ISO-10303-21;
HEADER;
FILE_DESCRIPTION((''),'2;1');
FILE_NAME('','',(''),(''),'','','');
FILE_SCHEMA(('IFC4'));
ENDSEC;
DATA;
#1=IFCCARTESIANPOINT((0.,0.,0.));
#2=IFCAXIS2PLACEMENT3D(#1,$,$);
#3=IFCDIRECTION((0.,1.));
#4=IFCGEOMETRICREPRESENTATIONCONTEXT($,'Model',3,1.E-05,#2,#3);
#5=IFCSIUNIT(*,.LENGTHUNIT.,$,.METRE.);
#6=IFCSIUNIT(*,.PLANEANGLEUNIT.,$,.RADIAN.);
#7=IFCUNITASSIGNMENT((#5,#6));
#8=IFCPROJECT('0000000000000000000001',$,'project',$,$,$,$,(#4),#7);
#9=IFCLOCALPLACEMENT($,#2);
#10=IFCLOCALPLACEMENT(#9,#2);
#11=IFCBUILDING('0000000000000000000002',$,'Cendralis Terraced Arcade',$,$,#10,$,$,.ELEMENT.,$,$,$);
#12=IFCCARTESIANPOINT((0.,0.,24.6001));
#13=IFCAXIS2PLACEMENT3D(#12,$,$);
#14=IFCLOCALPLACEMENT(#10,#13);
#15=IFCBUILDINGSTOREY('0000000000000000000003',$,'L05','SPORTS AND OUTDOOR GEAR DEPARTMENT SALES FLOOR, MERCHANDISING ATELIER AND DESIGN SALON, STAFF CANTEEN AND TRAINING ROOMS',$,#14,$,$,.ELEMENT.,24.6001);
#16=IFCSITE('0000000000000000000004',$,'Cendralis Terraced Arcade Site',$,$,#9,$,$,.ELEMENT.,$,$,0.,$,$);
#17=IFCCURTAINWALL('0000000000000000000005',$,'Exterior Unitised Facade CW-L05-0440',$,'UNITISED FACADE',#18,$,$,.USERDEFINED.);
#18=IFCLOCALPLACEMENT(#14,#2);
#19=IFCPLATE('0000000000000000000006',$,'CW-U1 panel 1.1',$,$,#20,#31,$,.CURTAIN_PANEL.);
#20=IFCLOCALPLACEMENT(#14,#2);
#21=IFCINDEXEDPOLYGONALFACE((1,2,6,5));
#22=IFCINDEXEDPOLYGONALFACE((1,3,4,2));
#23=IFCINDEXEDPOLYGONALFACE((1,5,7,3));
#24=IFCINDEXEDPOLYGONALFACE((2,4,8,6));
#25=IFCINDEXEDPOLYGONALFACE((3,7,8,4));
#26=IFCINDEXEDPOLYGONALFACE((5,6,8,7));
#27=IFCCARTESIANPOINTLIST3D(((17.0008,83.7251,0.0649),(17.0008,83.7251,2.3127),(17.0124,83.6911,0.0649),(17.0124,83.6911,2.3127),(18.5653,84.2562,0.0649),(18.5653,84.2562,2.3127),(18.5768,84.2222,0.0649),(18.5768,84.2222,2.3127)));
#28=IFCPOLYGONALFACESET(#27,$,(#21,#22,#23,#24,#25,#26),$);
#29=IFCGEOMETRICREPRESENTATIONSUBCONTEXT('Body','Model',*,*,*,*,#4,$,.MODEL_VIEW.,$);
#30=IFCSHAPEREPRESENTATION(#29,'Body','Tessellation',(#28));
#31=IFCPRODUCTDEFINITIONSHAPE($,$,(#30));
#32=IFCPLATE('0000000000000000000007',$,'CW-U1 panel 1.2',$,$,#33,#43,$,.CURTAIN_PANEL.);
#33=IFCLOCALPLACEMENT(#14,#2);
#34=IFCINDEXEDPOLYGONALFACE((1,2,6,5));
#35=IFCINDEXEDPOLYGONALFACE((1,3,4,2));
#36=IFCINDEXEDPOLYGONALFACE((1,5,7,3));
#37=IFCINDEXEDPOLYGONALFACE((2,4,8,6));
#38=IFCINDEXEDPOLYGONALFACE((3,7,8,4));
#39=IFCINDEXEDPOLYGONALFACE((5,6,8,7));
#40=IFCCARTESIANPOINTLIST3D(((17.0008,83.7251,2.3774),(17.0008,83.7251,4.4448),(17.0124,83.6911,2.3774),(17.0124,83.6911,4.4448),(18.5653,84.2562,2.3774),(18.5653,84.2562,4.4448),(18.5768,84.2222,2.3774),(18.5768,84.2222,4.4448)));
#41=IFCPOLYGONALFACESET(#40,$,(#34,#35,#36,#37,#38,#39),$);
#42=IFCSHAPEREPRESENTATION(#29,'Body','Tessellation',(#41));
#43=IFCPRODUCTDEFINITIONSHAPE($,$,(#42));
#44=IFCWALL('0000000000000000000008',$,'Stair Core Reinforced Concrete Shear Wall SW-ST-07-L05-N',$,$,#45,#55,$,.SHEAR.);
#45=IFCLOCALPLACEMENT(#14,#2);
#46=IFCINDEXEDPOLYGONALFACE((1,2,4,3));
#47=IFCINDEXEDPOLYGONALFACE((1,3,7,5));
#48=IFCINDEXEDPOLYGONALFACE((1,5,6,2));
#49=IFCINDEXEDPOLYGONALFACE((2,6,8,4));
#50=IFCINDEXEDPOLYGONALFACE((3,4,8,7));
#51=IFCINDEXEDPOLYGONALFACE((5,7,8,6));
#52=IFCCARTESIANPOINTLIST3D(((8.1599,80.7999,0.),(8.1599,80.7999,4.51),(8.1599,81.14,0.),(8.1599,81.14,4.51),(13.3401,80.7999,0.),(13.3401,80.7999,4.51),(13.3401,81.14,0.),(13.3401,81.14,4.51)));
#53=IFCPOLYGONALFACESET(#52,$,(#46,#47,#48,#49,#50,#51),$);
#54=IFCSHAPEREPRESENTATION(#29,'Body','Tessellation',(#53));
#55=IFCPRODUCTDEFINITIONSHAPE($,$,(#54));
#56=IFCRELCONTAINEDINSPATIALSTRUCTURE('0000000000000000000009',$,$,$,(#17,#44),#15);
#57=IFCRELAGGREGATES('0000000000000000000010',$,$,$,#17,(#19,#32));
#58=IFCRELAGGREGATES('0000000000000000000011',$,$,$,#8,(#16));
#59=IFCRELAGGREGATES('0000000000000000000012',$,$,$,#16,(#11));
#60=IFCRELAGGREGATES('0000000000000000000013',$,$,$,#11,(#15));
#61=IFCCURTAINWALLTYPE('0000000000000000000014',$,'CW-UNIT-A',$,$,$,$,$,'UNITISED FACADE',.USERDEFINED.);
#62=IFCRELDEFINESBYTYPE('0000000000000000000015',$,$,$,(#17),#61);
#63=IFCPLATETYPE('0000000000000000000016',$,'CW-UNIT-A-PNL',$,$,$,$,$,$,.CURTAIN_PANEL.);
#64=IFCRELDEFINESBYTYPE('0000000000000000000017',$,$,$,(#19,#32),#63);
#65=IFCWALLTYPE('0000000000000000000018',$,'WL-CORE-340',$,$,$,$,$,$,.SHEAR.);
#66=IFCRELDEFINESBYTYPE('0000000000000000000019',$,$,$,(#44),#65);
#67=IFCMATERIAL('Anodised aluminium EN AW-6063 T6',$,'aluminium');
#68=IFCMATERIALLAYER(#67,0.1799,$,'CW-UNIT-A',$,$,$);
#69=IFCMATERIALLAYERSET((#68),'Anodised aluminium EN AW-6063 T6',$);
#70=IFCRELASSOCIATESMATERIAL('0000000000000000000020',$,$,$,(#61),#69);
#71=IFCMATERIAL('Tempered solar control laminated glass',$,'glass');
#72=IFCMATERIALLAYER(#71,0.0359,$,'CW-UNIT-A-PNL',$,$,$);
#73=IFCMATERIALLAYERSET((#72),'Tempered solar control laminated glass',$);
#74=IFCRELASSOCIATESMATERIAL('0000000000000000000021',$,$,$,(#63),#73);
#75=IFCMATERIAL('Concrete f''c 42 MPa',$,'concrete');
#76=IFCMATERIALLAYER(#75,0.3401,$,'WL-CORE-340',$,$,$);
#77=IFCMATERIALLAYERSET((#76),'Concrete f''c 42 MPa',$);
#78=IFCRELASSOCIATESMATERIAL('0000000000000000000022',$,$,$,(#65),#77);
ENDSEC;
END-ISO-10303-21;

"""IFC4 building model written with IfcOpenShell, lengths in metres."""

from ifc_helpers import new_model, si_unit, direction, frame, frame_2d, origin, origin_2d, place, context, subcontext, project, spatial, rectangle, extrude, material, layer, layer_set, type_object, element, aggregate, save


model = new_model("IFC4")

# Units and contexts
model_context = context("Model", 3, precision=1e-05, world=origin(), true_north=direction((0.0, 1.0)))
body_context = subcontext(model_context, "Body", "Model", "MODEL_VIEW")
ifc_project = project(units=[si_unit("LENGTHUNIT", "METRE"), si_unit("PLANEANGLEUNIT", "RADIAN")], contexts=[model_context])

# Site, building, storey
site_placement = place(None, origin())
site = spatial("IfcSite", under=ifc_project, at=site_placement, Name="Cendralis Terraced Arcade Site", CompositionType="ELEMENT", RefElevation=0.0)
building_placement = place(site_placement, origin())
building = spatial("IfcBuilding", under=site, at=building_placement, Name="Cendralis Terraced Arcade", CompositionType="ELEMENT")
storey_placement = place(building_placement, frame((0.0, 0.0, 24.6001)))
storey = spatial("IfcBuildingStorey", under=building, at=storey_placement, Name="L05", Description="SPORTS AND OUTDOOR GEAR DEPARTMENT SALES FLOOR, MERCHANDISING ATELIER AND DESIGN SALON, STAFF CANTEEN AND TRAINING ROOMS", CompositionType="ELEMENT", Elevation=24.6001)

# Curtain wall
ifc_material_1 = material(Name="Anodised aluminium EN AW-6063 T6", Category="aluminium")
ifc_layer_1 = layer(ifc_material_1, 0.1799, Name="CW-UNIT-A")
ifc_layer_set_1 = layer_set([ifc_layer_1], Name="Anodised aluminium EN AW-6063 T6")
curtain_wall_type = type_object("IfcCurtainWallType", Name="CW-UNIT-A", ElementType="UNITISED FACADE", PredefinedType="USERDEFINED", material=ifc_layer_set_1)
curtain_wall_1_placement = place(storey_placement, origin())
curtain_wall_1 = element("IfcCurtainWall", 1, at=curtain_wall_1_placement, inside=storey, type_object=curtain_wall_type, Name="Exterior Unitised Facade CW-L05-0440", ObjectType="UNITISED FACADE", PredefinedType="USERDEFINED")

# Plates
ifc_material_2 = material(Name="Tempered solar control laminated glass", Category="glass")
ifc_layer_2 = layer(ifc_material_2, 0.0359, Name="CW-UNIT-A-PNL")
ifc_layer_set_2 = layer_set([ifc_layer_2], Name="Tempered solar control laminated glass")
plate_type = type_object("IfcPlateType", Name="CW-UNIT-A-PNL", PredefinedType="CURTAIN_PANEL", material=ifc_layer_set_2)
plate_1_placement = place(storey_placement, frame((17.7888, 83.9736, 0.0649), z_axis=(0.0, 0.0, 1.0), x_axis=(0.946924, 0.321458, 0.0)))
plate_1 = element("IfcPlate", 2, at=plate_1_placement, type_object=plate_type, Name="CW-U1 panel 1.1", PredefinedType="CURTAIN_PANEL", context=body_context, shape_type="SweptSolid", body=[
    extrude(rectangle(XDim=1.6521, YDim=0.0359, at=origin_2d()), origin(), (0.0, 0.0, 1.0), 2.2478),
])
plate_2_placement = place(storey_placement, frame((17.7888, 83.9736, 2.3774), z_axis=(0.0, 0.0, 1.0), x_axis=(0.946924, 0.321458, 0.0)))
plate_2 = element("IfcPlate", 3, at=plate_2_placement, type_object=plate_type, Name="CW-U1 panel 1.2", PredefinedType="CURTAIN_PANEL", context=body_context, shape_type="SweptSolid", body=[
    extrude(rectangle(XDim=1.6521, YDim=0.0359, at=origin_2d()), origin(), (0.0, 0.0, 1.0), 2.0674),
])
aggregate(curtain_wall_1, [plate_1, plate_2])

# Wall
ifc_material_3 = material(Name="Concrete f'c 42 MPa", Category="concrete")
ifc_layer_3 = layer(ifc_material_3, 0.3401, Name="WL-CORE-340")
ifc_layer_set_3 = layer_set([ifc_layer_3], Name="Concrete f'c 42 MPa")
wall_type = type_object("IfcWallType", Name="WL-CORE-340", PredefinedType="SHEAR", material=ifc_layer_set_3)
wall_placement = place(storey_placement, frame((8.1599, 80.97, 0.0), z_axis=(0.0, 0.0, 1.0), x_axis=(1.0, 0.0, 0.0)))
element("IfcWall", 4, at=wall_placement, inside=storey, type_object=wall_type, Name="Stair Core Reinforced Concrete Shear Wall SW-ST-07-L05-N", PredefinedType="SHEAR", context=body_context, shape_type="SweptSolid", body=[
    extrude(rectangle(XDim=5.1802, YDim=0.3401, at=frame_2d((2.5901, 0.0))), origin(), (0.0, 0.0, 1.0), 4.51),
])

save(model, "model.ifc")
